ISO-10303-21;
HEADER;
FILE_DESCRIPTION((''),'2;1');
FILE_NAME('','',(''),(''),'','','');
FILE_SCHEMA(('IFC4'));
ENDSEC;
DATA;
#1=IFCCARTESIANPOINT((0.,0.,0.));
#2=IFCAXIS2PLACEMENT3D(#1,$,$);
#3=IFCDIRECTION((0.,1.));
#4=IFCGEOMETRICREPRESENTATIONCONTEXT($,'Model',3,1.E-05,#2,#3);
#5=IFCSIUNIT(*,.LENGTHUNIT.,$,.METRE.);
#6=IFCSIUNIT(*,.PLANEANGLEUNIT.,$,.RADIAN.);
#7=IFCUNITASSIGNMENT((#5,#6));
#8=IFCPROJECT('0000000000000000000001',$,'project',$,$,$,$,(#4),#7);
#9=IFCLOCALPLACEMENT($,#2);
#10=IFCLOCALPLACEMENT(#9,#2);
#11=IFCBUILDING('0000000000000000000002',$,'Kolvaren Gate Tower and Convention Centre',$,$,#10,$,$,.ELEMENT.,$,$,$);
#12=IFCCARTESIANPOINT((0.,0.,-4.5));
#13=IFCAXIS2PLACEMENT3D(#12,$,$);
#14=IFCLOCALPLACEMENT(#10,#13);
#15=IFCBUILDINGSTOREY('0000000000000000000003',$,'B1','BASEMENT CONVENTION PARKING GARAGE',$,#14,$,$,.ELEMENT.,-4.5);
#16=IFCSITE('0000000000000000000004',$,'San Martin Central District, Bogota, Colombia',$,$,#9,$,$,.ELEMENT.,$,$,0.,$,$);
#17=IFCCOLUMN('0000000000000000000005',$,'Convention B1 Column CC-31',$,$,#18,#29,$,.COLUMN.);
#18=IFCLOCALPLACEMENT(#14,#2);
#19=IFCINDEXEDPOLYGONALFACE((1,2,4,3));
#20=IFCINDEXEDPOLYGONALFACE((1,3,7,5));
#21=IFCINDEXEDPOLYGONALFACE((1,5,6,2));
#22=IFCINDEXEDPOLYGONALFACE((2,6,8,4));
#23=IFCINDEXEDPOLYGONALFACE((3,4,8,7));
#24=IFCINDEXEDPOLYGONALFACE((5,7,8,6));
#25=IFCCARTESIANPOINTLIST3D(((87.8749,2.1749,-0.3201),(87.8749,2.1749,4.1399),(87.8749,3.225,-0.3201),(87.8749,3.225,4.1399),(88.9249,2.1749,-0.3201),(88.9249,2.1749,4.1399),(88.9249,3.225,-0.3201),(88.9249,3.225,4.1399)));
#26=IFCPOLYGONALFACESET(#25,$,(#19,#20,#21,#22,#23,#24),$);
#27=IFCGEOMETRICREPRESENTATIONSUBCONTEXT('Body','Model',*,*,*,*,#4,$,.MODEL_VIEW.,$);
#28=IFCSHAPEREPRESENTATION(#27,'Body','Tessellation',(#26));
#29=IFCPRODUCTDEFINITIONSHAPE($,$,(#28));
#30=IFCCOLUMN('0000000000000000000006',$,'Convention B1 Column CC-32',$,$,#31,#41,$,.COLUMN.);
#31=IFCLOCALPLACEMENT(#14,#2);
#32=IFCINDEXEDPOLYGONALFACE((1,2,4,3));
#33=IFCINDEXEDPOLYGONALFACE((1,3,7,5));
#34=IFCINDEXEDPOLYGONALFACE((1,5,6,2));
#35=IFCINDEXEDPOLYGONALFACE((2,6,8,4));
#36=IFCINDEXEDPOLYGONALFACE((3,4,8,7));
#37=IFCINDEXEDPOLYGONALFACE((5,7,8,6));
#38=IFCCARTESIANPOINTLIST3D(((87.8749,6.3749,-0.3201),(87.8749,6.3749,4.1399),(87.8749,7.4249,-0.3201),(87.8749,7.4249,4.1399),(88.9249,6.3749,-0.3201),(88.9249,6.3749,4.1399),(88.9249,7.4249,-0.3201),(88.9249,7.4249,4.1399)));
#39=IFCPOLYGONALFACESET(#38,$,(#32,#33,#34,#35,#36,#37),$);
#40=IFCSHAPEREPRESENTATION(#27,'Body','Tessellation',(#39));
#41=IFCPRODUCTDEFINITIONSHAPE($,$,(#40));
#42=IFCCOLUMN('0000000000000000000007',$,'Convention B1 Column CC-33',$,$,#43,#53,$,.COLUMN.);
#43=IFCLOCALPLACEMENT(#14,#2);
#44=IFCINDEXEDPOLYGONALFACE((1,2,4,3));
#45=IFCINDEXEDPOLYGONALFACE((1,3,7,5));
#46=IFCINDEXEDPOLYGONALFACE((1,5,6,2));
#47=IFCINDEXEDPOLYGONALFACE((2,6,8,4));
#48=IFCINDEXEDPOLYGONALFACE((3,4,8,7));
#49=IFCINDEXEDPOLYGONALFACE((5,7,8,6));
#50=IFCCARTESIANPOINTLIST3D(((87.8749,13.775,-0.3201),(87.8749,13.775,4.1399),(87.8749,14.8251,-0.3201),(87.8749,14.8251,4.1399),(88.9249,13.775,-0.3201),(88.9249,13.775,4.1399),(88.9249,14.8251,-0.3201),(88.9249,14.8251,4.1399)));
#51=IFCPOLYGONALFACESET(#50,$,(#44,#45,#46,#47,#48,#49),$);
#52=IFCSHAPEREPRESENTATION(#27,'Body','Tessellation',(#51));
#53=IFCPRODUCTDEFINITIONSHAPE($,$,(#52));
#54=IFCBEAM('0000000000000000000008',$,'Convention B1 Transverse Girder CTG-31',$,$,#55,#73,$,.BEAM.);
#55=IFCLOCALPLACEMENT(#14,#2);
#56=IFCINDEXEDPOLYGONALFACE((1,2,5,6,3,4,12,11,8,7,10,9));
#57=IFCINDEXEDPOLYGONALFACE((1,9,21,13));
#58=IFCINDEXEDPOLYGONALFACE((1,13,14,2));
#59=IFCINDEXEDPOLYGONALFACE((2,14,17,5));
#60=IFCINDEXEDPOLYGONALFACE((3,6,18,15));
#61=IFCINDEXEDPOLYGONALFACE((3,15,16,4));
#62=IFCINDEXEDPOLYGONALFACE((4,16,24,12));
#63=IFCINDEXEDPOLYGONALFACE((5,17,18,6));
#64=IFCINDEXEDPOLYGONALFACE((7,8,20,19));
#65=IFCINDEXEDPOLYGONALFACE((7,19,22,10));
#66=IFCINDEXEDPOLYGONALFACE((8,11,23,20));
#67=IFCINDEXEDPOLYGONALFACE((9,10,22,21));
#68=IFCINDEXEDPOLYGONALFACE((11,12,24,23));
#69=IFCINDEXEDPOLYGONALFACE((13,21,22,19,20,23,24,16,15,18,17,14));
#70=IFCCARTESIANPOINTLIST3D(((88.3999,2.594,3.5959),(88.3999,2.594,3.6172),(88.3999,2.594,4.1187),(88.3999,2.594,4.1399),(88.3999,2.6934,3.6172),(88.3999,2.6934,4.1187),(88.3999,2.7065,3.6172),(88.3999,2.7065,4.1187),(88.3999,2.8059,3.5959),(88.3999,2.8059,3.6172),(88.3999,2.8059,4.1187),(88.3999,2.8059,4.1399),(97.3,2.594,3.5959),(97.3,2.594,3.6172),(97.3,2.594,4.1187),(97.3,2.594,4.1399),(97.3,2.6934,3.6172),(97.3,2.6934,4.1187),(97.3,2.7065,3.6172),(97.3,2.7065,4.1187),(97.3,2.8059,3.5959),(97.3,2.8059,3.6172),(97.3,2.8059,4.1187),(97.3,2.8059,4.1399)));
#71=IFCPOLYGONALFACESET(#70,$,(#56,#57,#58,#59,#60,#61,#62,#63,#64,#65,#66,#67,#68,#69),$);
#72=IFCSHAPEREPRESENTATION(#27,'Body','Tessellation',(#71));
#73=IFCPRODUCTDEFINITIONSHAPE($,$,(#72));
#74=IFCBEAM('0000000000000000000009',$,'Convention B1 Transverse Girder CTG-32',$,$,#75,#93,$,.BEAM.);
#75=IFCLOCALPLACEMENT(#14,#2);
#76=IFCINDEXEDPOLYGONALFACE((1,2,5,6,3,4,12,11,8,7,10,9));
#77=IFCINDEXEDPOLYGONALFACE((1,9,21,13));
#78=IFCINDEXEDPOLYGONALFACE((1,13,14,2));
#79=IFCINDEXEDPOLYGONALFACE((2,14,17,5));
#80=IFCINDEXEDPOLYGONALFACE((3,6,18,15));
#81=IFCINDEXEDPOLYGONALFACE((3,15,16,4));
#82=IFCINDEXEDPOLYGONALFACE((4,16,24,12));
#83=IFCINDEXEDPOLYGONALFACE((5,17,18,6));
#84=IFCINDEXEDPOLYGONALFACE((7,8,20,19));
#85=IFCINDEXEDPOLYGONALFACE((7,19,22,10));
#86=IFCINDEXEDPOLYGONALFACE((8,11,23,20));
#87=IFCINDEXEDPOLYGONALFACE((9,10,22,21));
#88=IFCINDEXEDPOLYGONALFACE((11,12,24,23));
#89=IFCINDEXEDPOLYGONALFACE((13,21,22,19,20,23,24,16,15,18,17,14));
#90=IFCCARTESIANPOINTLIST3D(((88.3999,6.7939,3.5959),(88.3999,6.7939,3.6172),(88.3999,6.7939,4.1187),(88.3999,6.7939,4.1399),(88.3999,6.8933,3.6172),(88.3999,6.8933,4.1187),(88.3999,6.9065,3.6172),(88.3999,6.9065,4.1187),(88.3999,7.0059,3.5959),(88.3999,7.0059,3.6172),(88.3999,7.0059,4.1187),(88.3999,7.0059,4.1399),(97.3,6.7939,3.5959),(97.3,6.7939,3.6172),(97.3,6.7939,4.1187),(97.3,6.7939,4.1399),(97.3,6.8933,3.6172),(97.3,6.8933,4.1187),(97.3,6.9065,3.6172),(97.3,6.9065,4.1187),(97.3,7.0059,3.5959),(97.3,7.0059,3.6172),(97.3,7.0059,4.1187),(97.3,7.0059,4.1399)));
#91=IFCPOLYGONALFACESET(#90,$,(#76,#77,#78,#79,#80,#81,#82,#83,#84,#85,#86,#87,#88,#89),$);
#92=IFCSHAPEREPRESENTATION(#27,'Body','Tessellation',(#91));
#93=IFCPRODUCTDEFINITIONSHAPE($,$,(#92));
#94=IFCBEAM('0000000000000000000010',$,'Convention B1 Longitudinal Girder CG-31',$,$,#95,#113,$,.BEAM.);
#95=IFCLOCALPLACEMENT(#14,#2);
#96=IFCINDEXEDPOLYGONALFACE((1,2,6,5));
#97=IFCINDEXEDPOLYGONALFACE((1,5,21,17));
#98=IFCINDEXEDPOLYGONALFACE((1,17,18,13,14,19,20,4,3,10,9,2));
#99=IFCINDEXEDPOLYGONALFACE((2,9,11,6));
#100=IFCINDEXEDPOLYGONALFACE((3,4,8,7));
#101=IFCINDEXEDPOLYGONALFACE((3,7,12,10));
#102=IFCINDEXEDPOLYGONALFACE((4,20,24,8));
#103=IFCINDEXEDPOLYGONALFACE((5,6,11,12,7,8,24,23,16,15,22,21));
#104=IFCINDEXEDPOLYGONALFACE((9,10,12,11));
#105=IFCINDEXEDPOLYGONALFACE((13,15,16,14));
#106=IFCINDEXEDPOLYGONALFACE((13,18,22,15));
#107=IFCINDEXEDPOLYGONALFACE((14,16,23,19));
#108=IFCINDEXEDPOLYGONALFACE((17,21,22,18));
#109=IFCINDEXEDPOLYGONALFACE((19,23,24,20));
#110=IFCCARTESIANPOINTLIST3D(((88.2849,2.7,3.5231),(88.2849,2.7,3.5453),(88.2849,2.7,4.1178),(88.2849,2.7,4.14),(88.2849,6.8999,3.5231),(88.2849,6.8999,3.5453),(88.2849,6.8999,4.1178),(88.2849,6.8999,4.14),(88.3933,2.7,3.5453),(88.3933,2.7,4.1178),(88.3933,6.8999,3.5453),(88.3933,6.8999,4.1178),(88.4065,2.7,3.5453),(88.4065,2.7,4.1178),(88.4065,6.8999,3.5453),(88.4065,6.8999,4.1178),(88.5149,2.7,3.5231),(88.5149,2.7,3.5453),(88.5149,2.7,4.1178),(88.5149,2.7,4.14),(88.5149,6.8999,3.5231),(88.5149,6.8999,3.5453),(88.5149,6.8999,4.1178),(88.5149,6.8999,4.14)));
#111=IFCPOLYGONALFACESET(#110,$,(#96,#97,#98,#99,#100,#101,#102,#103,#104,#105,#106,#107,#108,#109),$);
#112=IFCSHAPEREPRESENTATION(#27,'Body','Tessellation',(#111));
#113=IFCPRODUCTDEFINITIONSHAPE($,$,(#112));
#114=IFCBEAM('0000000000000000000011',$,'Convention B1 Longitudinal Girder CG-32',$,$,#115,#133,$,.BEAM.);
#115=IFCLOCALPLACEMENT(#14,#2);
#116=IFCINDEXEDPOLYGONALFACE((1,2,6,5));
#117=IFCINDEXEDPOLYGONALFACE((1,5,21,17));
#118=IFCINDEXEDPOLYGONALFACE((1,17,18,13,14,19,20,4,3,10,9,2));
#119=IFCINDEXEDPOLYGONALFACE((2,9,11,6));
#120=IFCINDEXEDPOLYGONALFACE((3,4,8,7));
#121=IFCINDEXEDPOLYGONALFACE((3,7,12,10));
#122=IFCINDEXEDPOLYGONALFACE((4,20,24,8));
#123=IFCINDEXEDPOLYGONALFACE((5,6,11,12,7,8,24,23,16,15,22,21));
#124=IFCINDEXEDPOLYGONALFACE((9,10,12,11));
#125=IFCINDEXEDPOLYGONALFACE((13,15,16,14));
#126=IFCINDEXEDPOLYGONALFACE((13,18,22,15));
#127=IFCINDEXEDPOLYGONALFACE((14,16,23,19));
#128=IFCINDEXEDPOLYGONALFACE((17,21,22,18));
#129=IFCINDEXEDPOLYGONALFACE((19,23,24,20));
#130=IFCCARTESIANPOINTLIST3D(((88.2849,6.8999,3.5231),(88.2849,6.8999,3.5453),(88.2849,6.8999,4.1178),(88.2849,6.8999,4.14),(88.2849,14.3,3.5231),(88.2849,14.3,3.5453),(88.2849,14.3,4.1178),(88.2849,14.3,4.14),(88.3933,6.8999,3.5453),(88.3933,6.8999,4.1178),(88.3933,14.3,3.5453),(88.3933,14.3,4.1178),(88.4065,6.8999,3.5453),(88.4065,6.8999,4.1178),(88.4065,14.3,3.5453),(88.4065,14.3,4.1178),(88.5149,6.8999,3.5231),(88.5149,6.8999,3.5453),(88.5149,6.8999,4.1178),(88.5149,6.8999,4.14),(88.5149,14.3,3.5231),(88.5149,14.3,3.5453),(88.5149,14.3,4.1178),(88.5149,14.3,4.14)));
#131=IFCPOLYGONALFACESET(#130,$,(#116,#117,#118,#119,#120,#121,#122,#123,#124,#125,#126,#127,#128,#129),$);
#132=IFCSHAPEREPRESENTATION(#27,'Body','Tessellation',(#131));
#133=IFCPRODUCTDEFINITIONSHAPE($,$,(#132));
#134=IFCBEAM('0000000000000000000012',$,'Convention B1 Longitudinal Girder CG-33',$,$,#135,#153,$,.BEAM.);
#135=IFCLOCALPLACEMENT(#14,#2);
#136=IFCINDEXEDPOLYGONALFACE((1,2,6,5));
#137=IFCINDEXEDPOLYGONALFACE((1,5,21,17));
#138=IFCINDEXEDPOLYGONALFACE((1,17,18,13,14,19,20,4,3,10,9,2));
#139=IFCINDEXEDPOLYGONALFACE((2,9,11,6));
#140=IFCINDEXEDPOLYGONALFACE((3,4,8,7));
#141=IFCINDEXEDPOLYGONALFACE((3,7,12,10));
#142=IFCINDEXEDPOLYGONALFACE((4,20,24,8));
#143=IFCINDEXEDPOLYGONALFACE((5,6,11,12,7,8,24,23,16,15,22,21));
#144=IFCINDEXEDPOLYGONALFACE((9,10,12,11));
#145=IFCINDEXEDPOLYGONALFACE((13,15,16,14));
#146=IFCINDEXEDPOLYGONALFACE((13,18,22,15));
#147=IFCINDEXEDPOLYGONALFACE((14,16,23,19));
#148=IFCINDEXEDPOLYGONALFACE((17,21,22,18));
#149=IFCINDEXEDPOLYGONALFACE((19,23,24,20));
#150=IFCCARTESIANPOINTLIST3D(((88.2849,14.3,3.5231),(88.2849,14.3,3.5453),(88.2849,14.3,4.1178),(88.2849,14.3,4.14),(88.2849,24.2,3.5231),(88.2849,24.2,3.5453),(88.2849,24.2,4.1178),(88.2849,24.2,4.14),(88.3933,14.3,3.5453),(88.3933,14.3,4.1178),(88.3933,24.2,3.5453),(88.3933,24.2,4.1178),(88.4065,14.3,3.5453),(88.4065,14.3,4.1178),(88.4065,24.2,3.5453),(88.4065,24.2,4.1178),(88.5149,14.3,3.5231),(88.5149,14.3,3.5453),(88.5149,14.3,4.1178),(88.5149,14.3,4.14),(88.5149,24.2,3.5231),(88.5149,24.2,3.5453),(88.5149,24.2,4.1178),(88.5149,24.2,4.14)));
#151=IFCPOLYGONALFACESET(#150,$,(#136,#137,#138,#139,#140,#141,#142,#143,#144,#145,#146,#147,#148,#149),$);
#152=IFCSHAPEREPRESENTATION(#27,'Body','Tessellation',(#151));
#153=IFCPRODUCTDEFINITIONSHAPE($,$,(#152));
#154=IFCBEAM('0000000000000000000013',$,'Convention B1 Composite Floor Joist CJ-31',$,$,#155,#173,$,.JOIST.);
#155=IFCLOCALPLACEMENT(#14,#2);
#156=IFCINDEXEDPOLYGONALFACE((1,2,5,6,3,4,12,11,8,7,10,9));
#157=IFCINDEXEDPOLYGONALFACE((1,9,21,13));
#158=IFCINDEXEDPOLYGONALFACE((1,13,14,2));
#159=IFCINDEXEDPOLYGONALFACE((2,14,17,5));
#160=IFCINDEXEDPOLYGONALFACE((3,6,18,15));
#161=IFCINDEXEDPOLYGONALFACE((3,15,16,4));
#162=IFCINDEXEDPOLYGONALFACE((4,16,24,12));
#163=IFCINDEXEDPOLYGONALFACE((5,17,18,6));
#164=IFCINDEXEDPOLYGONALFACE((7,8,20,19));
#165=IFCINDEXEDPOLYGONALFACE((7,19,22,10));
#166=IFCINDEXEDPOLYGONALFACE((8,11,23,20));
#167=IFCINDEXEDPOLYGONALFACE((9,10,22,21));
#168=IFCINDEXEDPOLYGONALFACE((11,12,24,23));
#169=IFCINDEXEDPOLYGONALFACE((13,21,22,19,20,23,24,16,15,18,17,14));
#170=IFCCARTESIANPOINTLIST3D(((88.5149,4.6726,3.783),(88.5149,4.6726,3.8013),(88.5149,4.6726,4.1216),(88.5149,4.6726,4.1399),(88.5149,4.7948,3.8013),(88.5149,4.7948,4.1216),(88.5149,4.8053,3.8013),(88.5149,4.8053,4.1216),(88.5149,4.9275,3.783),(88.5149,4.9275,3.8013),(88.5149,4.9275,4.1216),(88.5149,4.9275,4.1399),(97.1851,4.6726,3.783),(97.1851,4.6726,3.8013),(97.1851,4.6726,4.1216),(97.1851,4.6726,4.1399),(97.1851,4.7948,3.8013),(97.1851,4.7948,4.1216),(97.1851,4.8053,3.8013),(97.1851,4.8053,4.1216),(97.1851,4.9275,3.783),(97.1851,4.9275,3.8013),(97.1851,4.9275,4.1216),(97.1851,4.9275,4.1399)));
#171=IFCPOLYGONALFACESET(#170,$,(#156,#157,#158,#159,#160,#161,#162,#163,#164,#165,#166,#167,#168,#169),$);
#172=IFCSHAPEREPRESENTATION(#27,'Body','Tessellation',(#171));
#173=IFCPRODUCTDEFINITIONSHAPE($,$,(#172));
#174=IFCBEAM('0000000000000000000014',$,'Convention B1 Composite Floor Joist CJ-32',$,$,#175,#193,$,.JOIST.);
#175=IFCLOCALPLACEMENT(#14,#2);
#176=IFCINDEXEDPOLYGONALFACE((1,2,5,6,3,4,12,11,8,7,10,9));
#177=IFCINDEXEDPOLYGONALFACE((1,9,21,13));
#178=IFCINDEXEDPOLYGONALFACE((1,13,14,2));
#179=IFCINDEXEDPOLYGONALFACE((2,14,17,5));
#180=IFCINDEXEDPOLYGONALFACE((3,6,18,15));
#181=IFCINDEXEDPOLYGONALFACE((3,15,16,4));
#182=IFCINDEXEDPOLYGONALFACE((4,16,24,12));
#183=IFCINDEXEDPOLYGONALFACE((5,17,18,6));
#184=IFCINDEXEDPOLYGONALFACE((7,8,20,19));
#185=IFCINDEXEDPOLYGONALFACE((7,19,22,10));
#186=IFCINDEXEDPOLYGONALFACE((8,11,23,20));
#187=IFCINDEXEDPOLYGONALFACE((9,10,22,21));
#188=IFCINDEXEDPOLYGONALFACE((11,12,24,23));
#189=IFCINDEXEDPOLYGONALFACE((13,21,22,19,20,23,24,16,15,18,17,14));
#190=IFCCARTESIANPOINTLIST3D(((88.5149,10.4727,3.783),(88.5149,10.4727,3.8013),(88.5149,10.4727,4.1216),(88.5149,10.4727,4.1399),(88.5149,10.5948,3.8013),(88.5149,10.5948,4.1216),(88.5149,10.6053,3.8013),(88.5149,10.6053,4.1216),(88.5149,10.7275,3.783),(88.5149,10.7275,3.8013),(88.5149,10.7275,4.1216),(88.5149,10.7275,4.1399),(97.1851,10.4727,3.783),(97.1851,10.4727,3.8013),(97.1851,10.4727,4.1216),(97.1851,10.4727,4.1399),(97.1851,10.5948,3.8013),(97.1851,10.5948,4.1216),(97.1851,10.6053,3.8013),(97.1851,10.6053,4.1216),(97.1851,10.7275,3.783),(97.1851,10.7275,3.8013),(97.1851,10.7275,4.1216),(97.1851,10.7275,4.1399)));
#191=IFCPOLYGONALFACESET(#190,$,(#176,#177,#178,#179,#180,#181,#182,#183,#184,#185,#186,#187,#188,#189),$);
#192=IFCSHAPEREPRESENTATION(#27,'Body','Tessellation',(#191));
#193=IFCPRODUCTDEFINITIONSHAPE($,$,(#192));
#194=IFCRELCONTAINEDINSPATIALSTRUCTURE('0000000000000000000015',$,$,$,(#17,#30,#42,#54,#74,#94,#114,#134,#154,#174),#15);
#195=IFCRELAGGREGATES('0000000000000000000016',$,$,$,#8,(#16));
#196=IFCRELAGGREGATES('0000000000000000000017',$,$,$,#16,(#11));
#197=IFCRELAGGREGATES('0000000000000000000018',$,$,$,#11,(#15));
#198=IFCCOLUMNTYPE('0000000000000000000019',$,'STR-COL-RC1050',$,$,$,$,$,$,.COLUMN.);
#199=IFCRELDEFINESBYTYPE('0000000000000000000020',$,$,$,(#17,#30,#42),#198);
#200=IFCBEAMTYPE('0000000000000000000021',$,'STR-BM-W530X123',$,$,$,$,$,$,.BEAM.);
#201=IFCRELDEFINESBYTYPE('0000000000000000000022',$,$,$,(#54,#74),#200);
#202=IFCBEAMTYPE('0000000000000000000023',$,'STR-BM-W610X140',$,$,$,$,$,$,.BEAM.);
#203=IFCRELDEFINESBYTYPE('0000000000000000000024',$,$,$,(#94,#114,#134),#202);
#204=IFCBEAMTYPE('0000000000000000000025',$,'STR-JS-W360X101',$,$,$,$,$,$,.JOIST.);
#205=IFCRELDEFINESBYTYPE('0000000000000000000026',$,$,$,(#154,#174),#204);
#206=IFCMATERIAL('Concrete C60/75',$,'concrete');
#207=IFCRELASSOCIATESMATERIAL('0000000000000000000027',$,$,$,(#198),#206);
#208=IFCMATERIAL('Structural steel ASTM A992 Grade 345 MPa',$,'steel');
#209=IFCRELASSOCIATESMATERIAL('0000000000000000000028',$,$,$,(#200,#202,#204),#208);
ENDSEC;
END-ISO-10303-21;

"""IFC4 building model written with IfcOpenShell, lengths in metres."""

from ifc_helpers import new_model, si_unit, direction, frame, origin, origin_2d, place, context, subcontext, project, spatial, rectangle, i_section, extrude, material, material_profile, profile_set, type_object, element, save


model = new_model("IFC4")

# Units and contexts
model_context = context("Model", 3, precision=1e-05, world=origin(), true_north=direction((0.0, 1.0)))
body_context = subcontext(model_context, "Body", "Model", "MODEL_VIEW")
ifc_project = project(units=[si_unit("LENGTHUNIT", "METRE"), si_unit("PLANEANGLEUNIT", "RADIAN")], contexts=[model_context])

# Site, building, storey
site_placement = place(None, origin())
site = spatial("IfcSite", under=ifc_project, at=site_placement, Name="San Martin Central District, Bogota, Colombia", CompositionType="ELEMENT", RefElevation=0.0)
building_placement = place(site_placement, origin())
building = spatial("IfcBuilding", under=site, at=building_placement, Name="Kolvaren Gate Tower and Convention Centre", CompositionType="ELEMENT")
storey_placement = place(building_placement, frame((0.0, 0.0, -4.5)))
storey = spatial("IfcBuildingStorey", under=building, at=storey_placement, Name="B1", Description="BASEMENT CONVENTION PARKING GARAGE", CompositionType="ELEMENT", Elevation=-4.5)

# Columns
ifc_material_1 = material(Name="Concrete C60/75", Category="concrete")
ifc_material_profile_1 = material_profile(ifc_material_1, rectangle(XDim=1.05, YDim=1.05, at=origin_2d()), Name="RC-COL-1050X1050")
ifc_profile_set_1 = profile_set([ifc_material_profile_1], Name="Concrete C60/75")
column_type = type_object("IfcColumnType", Name="STR-COL-RC1050", PredefinedType="COLUMN", material=ifc_profile_set_1)
for number, where, z_axis, x_axis, name in (
    (1, (88.3999, 2.7, -0.3201), (0.0, 0.0, 1.0), (1.0, 0.0, 0.0), "Convention B1 Column CC-31"),
    (2, (88.3999, 6.8999, -0.3201), (0.0, 0.0, 1.0), (1.0, 0.0, 0.0), "Convention B1 Column CC-32"),
    (3, (88.3999, 14.3, -0.3201), (0.0, 0.0, 1.0), (1.0, 0.0, 0.0), "Convention B1 Column CC-33"),
):
    element("IfcColumn", number, at=place(storey_placement, frame(where, z_axis=z_axis, x_axis=x_axis)), inside=storey, type_object=column_type, Name=name, PredefinedType="COLUMN", context=body_context, shape_type="SweptSolid", body=[
        extrude(rectangle(XDim=1.05, YDim=1.05, at=origin_2d()), origin(), (0.0, 0.0, 1.0), 4.46),
    ])

# Beams
ifc_material_2 = material(Name="Structural steel ASTM A992 Grade 345 MPa", Category="steel")
ifc_material_profile_2 = material_profile(ifc_material_2, i_section(OverallWidth=0.2119, OverallDepth=0.5439, WebThickness=0.0132, FlangeThickness=0.0212, at=origin_2d()), Name="W530X123")
ifc_profile_set_2 = profile_set([ifc_material_profile_2], Name="Structural steel ASTM A992 Grade 345 MPa")
beam_type_1 = type_object("IfcBeamType", Name="STR-BM-W530X123", PredefinedType="BEAM", material=ifc_profile_set_2)
for number, where, z_axis, x_axis, name in (
    (4, (88.3999, 2.7, 3.8679), (1.0, 0.0, 0.0), (0.0, 1.0, 0.0), "Convention B1 Transverse Girder CTG-31"),
    (5, (88.3999, 6.8999, 3.8679), (1.0, 0.0, 0.0), (0.0, 1.0, 0.0), "Convention B1 Transverse Girder CTG-32"),
):
    element("IfcBeam", number, at=place(storey_placement, frame(where, z_axis=z_axis, x_axis=x_axis)), inside=storey, type_object=beam_type_1, Name=name, PredefinedType="BEAM", context=body_context, shape_type="SweptSolid", body=[
        extrude(i_section(OverallWidth=0.2119, OverallDepth=0.5439, WebThickness=0.0132, FlangeThickness=0.0212, at=origin_2d()), origin(), (0.0, 0.0, 1.0), 8.9001),
    ])
ifc_material_profile_3 = material_profile(ifc_material_2, i_section(OverallWidth=0.23, OverallDepth=0.6169, WebThickness=0.0132, FlangeThickness=0.0222, at=origin_2d()), Name="W610X140")
ifc_profile_set_3 = profile_set([ifc_material_profile_3], Name="Structural steel ASTM A992 Grade 345 MPa")
beam_type_2 = type_object("IfcBeamType", Name="STR-BM-W610X140", PredefinedType="BEAM", material=ifc_profile_set_3)
beam_1_placement = place(storey_placement, frame((88.3999, 2.7, 3.8315), z_axis=(0.0, 1.0, 0.0), x_axis=(-1.0, 0.0, 0.0)))
element("IfcBeam", 6, at=beam_1_placement, inside=storey, type_object=beam_type_2, Name="Convention B1 Longitudinal Girder CG-31", PredefinedType="BEAM", context=body_context, shape_type="SweptSolid", body=[
    extrude(i_section(OverallWidth=0.23, OverallDepth=0.6169, WebThickness=0.0132, FlangeThickness=0.0222, at=origin_2d()), origin(), (0.0, 0.0, 1.0), 4.2),
])
beam_2_placement = place(storey_placement, frame((88.3999, 6.8999, 3.8315), z_axis=(0.0, 1.0, 0.0), x_axis=(-1.0, 0.0, 0.0)))
element("IfcBeam", 7, at=beam_2_placement, inside=storey, type_object=beam_type_2, Name="Convention B1 Longitudinal Girder CG-32", PredefinedType="BEAM", context=body_context, shape_type="SweptSolid", body=[
    extrude(i_section(OverallWidth=0.23, OverallDepth=0.6169, WebThickness=0.0132, FlangeThickness=0.0222, at=origin_2d()), origin(), (0.0, 0.0, 1.0), 7.4001),
])
beam_3_placement = place(storey_placement, frame((88.3999, 14.3, 3.8315), z_axis=(0.0, 1.0, 0.0), x_axis=(-1.0, 0.0, 0.0)))
element("IfcBeam", 8, at=beam_3_placement, inside=storey, type_object=beam_type_2, Name="Convention B1 Longitudinal Girder CG-33", PredefinedType="BEAM", context=body_context, shape_type="SweptSolid", body=[
    extrude(i_section(OverallWidth=0.23, OverallDepth=0.6169, WebThickness=0.0132, FlangeThickness=0.0222, at=origin_2d()), origin(), (0.0, 0.0, 1.0), 9.8999),
])
ifc_material_profile_4 = material_profile(ifc_material_2, i_section(OverallWidth=0.2549, OverallDepth=0.3569, WebThickness=0.0105, FlangeThickness=0.0183, at=origin_2d()), Name="W360X101")
ifc_profile_set_4 = profile_set([ifc_material_profile_4], Name="Structural steel ASTM A992 Grade 345 MPa")
beam_type_3 = type_object("IfcBeamType", Name="STR-JS-W360X101", PredefinedType="JOIST", material=ifc_profile_set_4)
for number, where, z_axis, x_axis, name in (
    (9, (88.5149, 4.8, 3.9614), (1.0, 0.0, 0.0), (0.0, 1.0, 0.0), "Convention B1 Composite Floor Joist CJ-31"),
    (10, (88.5149, 10.6001, 3.9614), (1.0, 0.0, 0.0), (0.0, 1.0, 0.0), "Convention B1 Composite Floor Joist CJ-32"),
):
    element("IfcBeam", number, at=place(storey_placement, frame(where, z_axis=z_axis, x_axis=x_axis)), inside=storey, type_object=beam_type_3, Name=name, PredefinedType="JOIST", context=body_context, shape_type="SweptSolid", body=[
        extrude(i_section(OverallWidth=0.2549, OverallDepth=0.3569, WebThickness=0.0105, FlangeThickness=0.0183, at=origin_2d()), origin(), (0.0, 0.0, 1.0), 8.6702),
    ])

save(model, "model.ifc")
